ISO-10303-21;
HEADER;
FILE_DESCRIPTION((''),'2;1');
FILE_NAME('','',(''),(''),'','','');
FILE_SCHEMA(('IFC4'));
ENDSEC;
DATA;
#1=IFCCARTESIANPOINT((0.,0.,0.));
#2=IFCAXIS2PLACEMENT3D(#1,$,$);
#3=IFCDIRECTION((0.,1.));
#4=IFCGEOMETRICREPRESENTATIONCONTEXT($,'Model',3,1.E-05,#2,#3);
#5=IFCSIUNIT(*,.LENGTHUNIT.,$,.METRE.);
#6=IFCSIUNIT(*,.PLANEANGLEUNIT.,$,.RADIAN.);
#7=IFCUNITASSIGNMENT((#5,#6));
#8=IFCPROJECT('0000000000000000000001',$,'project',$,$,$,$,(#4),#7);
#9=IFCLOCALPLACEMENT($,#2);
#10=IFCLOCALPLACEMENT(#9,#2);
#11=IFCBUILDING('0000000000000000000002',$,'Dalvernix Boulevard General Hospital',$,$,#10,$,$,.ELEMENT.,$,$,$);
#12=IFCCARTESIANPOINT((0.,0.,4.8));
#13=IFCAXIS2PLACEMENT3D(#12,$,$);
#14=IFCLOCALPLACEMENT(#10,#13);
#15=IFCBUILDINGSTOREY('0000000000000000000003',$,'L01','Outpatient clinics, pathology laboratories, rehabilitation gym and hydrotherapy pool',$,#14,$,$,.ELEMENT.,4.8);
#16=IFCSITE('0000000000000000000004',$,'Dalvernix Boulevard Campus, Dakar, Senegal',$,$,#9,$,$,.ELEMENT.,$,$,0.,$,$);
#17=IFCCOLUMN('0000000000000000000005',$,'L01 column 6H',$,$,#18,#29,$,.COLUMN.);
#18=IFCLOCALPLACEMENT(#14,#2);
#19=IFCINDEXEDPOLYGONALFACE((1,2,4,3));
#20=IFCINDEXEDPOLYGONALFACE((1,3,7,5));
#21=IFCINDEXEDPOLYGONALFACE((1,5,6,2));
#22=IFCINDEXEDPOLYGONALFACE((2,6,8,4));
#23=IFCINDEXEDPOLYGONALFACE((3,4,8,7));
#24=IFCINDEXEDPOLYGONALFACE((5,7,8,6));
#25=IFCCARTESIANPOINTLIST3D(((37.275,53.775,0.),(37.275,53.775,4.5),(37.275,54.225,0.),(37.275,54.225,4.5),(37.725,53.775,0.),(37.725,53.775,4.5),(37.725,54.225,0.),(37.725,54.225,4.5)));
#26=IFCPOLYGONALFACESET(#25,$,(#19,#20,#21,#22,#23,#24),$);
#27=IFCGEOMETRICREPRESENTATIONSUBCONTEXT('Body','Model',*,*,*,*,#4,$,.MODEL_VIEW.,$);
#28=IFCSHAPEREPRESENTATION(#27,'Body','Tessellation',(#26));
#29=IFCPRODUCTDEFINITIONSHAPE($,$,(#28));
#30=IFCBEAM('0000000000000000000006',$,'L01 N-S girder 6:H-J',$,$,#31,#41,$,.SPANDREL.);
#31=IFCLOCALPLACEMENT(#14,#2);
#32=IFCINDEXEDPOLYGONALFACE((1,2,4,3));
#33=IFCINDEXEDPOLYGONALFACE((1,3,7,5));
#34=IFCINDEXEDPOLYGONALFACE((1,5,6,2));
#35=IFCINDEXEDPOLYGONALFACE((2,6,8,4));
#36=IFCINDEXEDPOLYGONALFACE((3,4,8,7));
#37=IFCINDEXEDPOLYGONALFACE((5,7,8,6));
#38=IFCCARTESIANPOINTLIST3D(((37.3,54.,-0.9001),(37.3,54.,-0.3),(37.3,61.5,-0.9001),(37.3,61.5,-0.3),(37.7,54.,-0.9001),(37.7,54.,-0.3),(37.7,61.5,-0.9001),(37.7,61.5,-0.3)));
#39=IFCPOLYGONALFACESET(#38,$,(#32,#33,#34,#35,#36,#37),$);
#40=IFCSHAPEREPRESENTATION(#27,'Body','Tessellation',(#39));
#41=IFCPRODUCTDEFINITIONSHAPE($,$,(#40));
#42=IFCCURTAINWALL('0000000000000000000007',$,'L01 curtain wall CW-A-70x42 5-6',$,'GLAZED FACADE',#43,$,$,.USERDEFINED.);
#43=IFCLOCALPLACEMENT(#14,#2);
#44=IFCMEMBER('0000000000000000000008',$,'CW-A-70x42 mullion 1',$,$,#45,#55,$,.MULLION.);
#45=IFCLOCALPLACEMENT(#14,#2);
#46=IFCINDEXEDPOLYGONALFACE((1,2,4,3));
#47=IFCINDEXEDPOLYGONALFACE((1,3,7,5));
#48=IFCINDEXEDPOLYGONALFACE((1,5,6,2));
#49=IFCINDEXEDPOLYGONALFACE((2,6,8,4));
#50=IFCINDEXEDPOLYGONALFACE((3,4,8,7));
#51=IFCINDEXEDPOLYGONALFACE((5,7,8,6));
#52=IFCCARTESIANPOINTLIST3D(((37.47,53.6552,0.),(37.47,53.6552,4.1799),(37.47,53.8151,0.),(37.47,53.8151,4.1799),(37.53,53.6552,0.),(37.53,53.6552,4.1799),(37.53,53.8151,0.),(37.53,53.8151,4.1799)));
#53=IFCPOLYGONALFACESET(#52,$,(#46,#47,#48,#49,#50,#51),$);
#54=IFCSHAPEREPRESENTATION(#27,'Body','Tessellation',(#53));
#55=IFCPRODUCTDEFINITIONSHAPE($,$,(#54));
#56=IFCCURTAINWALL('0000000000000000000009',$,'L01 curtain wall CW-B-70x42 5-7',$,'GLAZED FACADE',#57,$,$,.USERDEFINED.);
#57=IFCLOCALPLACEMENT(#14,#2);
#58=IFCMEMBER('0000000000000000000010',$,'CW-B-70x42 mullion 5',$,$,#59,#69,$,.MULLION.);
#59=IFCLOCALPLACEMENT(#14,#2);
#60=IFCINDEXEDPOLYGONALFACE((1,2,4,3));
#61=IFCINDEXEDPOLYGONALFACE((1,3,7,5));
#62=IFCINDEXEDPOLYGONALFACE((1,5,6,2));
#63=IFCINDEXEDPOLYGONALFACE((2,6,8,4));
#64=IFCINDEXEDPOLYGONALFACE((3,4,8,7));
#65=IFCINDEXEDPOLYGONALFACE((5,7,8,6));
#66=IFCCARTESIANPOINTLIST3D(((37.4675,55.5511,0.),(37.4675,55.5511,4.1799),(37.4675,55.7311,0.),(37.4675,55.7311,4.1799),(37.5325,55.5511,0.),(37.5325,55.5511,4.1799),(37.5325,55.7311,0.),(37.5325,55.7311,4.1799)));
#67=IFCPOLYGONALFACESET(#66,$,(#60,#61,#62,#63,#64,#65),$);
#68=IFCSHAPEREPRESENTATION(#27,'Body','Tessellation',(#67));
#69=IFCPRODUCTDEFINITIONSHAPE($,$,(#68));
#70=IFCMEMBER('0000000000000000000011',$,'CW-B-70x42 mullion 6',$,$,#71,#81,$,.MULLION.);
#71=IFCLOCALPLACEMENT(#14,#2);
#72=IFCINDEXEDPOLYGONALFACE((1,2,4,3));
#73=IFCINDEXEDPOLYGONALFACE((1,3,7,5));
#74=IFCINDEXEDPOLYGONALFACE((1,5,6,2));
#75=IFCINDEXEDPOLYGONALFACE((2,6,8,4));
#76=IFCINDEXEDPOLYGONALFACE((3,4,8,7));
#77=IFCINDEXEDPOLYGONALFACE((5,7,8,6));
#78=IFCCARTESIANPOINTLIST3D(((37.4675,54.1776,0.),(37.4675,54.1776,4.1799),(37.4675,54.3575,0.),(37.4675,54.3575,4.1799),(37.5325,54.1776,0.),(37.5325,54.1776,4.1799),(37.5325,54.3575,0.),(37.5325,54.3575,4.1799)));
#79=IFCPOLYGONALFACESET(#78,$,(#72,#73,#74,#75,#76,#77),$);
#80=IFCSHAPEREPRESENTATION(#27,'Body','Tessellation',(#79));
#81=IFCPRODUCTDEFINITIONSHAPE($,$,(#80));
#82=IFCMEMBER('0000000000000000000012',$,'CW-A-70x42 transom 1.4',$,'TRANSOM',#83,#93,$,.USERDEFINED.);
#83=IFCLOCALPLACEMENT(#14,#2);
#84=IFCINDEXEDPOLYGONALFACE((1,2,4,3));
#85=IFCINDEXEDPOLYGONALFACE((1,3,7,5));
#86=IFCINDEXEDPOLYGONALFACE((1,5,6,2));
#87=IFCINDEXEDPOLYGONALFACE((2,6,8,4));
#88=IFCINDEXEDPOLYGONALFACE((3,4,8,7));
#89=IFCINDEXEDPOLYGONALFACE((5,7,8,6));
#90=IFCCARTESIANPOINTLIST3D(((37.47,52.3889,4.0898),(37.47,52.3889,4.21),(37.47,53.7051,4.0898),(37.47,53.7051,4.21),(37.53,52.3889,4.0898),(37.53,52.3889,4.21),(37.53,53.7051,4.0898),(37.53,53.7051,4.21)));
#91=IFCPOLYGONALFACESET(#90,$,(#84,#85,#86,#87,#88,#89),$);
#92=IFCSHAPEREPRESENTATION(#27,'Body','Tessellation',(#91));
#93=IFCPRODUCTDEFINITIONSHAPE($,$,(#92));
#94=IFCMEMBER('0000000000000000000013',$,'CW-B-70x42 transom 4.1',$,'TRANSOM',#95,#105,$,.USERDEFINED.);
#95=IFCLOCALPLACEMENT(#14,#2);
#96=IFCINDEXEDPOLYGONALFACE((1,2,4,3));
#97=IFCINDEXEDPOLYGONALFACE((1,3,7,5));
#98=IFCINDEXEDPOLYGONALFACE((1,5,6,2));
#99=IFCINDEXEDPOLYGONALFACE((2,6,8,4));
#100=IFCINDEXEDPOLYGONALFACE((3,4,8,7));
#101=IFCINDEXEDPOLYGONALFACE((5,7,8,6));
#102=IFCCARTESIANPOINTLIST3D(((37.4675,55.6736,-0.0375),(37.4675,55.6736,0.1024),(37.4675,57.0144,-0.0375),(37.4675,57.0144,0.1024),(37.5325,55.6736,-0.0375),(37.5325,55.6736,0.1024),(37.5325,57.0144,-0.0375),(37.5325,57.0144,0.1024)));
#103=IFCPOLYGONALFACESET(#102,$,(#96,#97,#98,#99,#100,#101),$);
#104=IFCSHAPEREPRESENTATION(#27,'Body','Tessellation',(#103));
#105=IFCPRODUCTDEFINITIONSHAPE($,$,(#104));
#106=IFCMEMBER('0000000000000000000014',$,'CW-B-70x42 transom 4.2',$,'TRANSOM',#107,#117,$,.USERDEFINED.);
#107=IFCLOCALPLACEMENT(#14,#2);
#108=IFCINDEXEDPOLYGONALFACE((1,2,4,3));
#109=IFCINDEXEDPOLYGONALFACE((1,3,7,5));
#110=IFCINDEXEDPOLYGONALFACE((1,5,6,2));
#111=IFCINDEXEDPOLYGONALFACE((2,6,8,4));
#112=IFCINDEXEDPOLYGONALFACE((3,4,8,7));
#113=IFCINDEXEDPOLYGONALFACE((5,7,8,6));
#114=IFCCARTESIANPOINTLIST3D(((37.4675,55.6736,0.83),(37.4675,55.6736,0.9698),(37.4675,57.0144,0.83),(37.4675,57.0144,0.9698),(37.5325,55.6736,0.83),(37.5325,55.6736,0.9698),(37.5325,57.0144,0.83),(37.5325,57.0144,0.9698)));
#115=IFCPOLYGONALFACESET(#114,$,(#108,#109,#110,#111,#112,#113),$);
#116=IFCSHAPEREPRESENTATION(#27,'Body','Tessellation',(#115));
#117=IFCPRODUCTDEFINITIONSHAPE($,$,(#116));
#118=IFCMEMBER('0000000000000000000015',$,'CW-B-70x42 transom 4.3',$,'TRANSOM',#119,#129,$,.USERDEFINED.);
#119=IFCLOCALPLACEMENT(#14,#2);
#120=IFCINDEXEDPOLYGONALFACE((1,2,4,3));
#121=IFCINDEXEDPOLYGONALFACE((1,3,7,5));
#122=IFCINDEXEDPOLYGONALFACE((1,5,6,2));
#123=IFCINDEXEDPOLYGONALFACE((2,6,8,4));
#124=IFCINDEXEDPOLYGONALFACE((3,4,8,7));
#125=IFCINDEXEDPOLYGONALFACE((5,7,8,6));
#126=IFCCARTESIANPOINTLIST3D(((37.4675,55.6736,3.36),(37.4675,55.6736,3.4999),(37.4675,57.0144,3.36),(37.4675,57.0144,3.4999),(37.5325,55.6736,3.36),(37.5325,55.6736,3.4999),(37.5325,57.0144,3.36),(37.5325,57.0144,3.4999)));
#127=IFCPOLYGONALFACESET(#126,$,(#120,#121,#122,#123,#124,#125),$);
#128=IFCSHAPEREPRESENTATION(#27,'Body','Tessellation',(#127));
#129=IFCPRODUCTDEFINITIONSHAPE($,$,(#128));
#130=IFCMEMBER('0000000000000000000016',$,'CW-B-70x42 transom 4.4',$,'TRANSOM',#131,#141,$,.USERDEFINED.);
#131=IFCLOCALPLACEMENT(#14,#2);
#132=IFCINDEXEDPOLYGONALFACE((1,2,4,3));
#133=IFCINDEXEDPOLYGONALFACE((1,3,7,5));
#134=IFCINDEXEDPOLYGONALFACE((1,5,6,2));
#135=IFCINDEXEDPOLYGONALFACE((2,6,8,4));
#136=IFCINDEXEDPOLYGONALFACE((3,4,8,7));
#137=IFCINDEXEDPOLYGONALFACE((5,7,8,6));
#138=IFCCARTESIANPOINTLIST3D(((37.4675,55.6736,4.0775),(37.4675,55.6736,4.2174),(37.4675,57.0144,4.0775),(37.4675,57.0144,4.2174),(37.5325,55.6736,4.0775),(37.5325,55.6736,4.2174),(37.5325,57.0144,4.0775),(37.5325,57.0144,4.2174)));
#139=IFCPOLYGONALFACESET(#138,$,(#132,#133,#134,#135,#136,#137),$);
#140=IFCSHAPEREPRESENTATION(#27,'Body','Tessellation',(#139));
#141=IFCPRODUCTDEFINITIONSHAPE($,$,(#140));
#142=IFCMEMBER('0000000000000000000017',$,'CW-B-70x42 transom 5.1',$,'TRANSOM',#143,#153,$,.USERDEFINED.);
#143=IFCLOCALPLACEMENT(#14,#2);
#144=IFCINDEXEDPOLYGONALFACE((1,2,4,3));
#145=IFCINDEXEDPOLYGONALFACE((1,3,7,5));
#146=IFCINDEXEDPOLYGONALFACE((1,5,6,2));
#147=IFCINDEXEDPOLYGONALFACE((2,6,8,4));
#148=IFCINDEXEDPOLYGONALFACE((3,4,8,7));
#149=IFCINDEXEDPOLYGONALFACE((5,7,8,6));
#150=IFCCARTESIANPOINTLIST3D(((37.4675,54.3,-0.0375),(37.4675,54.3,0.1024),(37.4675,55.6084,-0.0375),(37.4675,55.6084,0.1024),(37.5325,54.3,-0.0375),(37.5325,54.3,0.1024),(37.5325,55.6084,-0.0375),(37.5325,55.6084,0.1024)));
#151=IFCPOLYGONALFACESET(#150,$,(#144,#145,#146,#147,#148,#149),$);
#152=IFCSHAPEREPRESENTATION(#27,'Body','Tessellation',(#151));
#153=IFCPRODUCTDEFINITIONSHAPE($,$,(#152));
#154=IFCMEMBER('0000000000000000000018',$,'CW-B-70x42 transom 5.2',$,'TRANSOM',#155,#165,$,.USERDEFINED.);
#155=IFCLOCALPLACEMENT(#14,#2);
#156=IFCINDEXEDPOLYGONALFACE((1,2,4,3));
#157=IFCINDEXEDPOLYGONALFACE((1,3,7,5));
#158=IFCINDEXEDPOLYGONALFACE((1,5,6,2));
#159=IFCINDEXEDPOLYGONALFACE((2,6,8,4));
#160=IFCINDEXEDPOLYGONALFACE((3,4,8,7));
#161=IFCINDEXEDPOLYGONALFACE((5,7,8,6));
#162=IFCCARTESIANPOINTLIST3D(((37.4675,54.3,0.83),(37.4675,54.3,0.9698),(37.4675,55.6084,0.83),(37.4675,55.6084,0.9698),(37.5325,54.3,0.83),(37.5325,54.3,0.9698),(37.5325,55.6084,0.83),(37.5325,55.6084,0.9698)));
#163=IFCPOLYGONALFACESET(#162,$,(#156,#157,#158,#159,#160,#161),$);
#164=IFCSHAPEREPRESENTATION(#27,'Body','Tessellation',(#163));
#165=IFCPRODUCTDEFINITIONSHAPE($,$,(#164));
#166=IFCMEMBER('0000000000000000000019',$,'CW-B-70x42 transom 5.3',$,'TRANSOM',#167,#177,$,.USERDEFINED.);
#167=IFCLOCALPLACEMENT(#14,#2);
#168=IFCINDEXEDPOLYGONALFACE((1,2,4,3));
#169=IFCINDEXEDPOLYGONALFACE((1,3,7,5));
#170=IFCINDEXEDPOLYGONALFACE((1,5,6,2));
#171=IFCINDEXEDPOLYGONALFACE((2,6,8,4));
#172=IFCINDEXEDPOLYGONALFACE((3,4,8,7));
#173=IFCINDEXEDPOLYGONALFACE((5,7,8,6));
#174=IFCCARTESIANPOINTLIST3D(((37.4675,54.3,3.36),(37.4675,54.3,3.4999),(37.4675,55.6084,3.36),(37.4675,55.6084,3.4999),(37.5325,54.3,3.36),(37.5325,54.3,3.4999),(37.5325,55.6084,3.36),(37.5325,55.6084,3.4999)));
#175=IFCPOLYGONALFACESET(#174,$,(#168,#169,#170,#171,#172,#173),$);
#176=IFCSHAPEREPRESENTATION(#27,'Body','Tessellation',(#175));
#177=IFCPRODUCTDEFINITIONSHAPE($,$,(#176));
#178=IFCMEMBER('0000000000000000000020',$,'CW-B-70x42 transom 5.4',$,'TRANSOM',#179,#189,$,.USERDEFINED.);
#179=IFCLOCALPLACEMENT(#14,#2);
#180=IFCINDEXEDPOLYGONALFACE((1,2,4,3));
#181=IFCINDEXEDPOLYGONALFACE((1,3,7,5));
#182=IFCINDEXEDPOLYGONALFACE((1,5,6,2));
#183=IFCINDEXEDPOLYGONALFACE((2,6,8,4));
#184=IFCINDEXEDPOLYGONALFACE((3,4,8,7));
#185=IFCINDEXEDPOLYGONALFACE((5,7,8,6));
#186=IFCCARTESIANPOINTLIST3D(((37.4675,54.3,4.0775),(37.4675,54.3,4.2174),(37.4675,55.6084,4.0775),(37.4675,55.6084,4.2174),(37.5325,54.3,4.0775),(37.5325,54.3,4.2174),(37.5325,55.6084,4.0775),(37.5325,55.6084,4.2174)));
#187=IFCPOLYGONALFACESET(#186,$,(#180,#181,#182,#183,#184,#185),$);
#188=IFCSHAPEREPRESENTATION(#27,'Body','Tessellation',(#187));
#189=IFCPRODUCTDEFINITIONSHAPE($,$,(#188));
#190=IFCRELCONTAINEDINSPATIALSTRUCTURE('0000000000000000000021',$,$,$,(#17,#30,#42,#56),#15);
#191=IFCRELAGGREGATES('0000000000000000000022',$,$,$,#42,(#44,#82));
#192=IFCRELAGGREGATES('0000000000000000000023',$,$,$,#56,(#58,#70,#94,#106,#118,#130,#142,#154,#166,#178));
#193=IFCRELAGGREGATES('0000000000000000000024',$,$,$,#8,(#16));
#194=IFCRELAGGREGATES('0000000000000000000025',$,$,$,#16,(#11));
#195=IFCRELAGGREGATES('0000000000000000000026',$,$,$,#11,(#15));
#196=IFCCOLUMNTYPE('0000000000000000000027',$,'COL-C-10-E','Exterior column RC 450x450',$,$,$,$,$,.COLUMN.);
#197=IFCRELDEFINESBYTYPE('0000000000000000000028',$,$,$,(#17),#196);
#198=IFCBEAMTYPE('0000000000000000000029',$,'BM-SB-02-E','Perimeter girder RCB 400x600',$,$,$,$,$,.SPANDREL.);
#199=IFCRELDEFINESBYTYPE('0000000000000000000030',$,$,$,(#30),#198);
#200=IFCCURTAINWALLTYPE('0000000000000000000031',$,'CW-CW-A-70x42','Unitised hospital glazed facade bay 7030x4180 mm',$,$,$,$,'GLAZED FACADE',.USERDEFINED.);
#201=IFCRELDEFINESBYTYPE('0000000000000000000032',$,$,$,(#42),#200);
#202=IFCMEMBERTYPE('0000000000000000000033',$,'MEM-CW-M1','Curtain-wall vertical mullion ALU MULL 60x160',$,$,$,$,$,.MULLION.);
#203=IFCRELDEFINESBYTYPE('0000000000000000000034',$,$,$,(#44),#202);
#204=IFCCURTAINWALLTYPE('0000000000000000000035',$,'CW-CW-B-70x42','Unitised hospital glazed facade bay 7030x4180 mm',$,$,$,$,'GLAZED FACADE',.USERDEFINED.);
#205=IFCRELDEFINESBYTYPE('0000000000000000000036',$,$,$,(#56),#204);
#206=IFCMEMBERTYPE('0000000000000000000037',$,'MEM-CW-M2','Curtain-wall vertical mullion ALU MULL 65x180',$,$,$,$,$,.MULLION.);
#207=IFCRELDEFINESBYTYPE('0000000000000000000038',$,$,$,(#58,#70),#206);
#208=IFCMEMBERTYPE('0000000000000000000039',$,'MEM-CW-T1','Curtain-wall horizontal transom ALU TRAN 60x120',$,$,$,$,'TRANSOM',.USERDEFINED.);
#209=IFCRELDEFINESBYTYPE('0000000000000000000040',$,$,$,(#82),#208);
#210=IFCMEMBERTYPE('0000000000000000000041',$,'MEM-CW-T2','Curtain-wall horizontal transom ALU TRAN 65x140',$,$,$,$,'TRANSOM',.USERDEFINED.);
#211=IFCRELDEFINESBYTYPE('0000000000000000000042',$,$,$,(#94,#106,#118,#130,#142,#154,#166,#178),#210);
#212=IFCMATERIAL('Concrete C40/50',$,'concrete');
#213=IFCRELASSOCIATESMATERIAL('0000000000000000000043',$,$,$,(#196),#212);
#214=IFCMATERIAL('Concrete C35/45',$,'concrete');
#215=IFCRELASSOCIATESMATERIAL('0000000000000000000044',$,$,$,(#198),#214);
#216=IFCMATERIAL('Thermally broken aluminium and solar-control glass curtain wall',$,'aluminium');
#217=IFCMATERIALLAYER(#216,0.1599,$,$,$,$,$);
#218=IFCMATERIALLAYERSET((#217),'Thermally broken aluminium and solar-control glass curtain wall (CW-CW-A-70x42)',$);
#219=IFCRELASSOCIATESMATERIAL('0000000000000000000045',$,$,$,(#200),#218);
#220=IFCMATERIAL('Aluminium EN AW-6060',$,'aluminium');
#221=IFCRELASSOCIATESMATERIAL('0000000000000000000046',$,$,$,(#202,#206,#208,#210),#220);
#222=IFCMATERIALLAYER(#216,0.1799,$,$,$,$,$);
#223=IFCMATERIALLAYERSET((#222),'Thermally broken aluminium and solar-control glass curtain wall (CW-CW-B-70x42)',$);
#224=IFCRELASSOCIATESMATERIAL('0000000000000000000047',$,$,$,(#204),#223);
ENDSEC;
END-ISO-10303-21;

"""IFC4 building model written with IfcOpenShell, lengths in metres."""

from ifc_helpers import new_model, si_unit, direction, frame, origin, origin_2d, place, context, subcontext, project, spatial, rectangle, extrude, material, layer, layer_set, material_profile, profile_set, type_object, element, aggregate, save


model = new_model("IFC4")

# Units and contexts
model_context = context("Model", 3, precision=1e-05, world=origin(), true_north=direction((0.0, 1.0)))
body_context = subcontext(model_context, "Body", "Model", "MODEL_VIEW")
ifc_project = project(units=[si_unit("LENGTHUNIT", "METRE"), si_unit("PLANEANGLEUNIT", "RADIAN")], contexts=[model_context])

# Site, building, storey
site_placement = place(None, origin())
site = spatial("IfcSite", under=ifc_project, at=site_placement, Name="Dalvernix Boulevard Campus, Dakar, Senegal", CompositionType="ELEMENT", RefElevation=0.0)
building_placement = place(site_placement, origin())
building = spatial("IfcBuilding", under=site, at=building_placement, Name="Dalvernix Boulevard General Hospital", CompositionType="ELEMENT")
storey_placement = place(building_placement, frame((0.0, 0.0, 4.8)))
storey = spatial("IfcBuildingStorey", under=building, at=storey_placement, Name="L01", Description="Outpatient clinics, pathology laboratories, rehabilitation gym and hydrotherapy pool", CompositionType="ELEMENT", Elevation=4.8)

# Column
ifc_material_1 = material(Name="Concrete C40/50", Category="concrete")
ifc_material_profile_1 = material_profile(ifc_material_1, rectangle(XDim=0.45, YDim=0.45, at=origin_2d()), Name="RC 450x450")
ifc_profile_set_1 = profile_set([ifc_material_profile_1], Name="Concrete C40/50")
column_type = type_object("IfcColumnType", Name="COL-C-10-E", Description="Exterior column RC 450x450", PredefinedType="COLUMN", material=ifc_profile_set_1)
column_placement = place(storey_placement, frame((37.5, 54.0, 0.0), z_axis=(0.0, 0.0, 1.0), x_axis=(1.0, 0.0, 0.0)))
element("IfcColumn", 1, at=column_placement, inside=storey, type_object=column_type, Name="L01 column 6H", PredefinedType="COLUMN", context=body_context, shape_type="SweptSolid", body=[
    extrude(rectangle(XDim=0.45, YDim=0.45, at=origin_2d()), origin(), (0.0, 0.0, 1.0), 4.5),
])

# Beam
ifc_material_2 = material(Name="Concrete C35/45", Category="concrete")
ifc_material_profile_2 = material_profile(ifc_material_2, rectangle(XDim=0.3999, YDim=0.6001, at=origin_2d()), Name="RCB 400x600")
ifc_profile_set_2 = profile_set([ifc_material_profile_2], Name="Concrete C35/45")
beam_type = type_object("IfcBeamType", Name="BM-SB-02-E", Description="Perimeter girder RCB 400x600", PredefinedType="SPANDREL", material=ifc_profile_set_2)
beam_placement = place(storey_placement, frame((37.5, 54.0, -0.6001), z_axis=(0.0, 1.0, 0.0), x_axis=(-1.0, 0.0, 0.0)))
element("IfcBeam", 2, at=beam_placement, inside=storey, type_object=beam_type, Name="L01 N-S girder 6:H-J", PredefinedType="SPANDREL", context=body_context, shape_type="SweptSolid", body=[
    extrude(rectangle(XDim=0.3999, YDim=0.6001, at=origin_2d()), origin(), (0.0, 0.0, 1.0), 7.5),
])

# Curtain wall, member
ifc_material_3 = material(Name="Thermally broken aluminium and solar-control glass curtain wall", Category="aluminium")
ifc_layer_1 = layer(ifc_material_3, 0.1599)
ifc_layer_set_1 = layer_set([ifc_layer_1], Name="Thermally broken aluminium and solar-control glass curtain wall (CW-CW-A-70x42)")
curtain_wall_type_1 = type_object("IfcCurtainWallType", Name="CW-CW-A-70x42", Description="Unitised hospital glazed facade bay 7030x4180 mm", ElementType="GLAZED FACADE", PredefinedType="USERDEFINED", material=ifc_layer_set_1)
curtain_wall_1_placement = place(storey_placement, origin())
curtain_wall_1 = element("IfcCurtainWall", 3, at=curtain_wall_1_placement, inside=storey, type_object=curtain_wall_type_1, Name="L01 curtain wall CW-A-70x42 5-6", ObjectType="GLAZED FACADE", PredefinedType="USERDEFINED")
ifc_material_4 = material(Name="Aluminium EN AW-6060", Category="aluminium")
ifc_material_profile_3 = material_profile(ifc_material_4, rectangle(XDim=0.0601, YDim=0.1599, at=origin_2d()), Name="ALU MULL 60x160")
ifc_profile_set_3 = profile_set([ifc_material_profile_3], Name="Aluminium EN AW-6060")
member_type_1 = type_object("IfcMemberType", Name="MEM-CW-M1", Description="Curtain-wall vertical mullion ALU MULL 60x160", PredefinedType="MULLION", material=ifc_profile_set_3)
member_1_placement = place(storey_placement, frame((37.5, 53.7351, 0.0), z_axis=(0.0, 0.0, 1.0), x_axis=(1.0, 0.0, 0.0)))
member_1 = element("IfcMember", 4, at=member_1_placement, type_object=member_type_1, Name="CW-A-70x42 mullion 1", PredefinedType="MULLION", context=body_context, shape_type="SweptSolid", body=[
    extrude(rectangle(XDim=0.0601, YDim=0.1599, at=origin_2d()), origin(), (0.0, 0.0, 1.0), 4.1799),
])

# Curtain wall, members
ifc_layer_2 = layer(ifc_material_3, 0.1799)
ifc_layer_set_2 = layer_set([ifc_layer_2], Name="Thermally broken aluminium and solar-control glass curtain wall (CW-CW-B-70x42)")
curtain_wall_type_2 = type_object("IfcCurtainWallType", Name="CW-CW-B-70x42", Description="Unitised hospital glazed facade bay 7030x4180 mm", ElementType="GLAZED FACADE", PredefinedType="USERDEFINED", material=ifc_layer_set_2)
curtain_wall_2_placement = place(storey_placement, origin())
curtain_wall_2 = element("IfcCurtainWall", 5, at=curtain_wall_2_placement, inside=storey, type_object=curtain_wall_type_2, Name="L01 curtain wall CW-B-70x42 5-7", ObjectType="GLAZED FACADE", PredefinedType="USERDEFINED")
ifc_material_profile_4 = material_profile(ifc_material_4, rectangle(XDim=0.0649, YDim=0.1799, at=origin_2d()), Name="ALU MULL 65x180")
ifc_profile_set_4 = profile_set([ifc_material_profile_4], Name="Aluminium EN AW-6060")
member_type_2 = type_object("IfcMemberType", Name="MEM-CW-M2", Description="Curtain-wall vertical mullion ALU MULL 65x180", PredefinedType="MULLION", material=ifc_profile_set_4)
member_2_placement = place(storey_placement, frame((37.5, 55.6411, 0.0), z_axis=(0.0, 0.0, 1.0), x_axis=(1.0, 0.0, 0.0)))
member_2 = element("IfcMember", 6, at=member_2_placement, type_object=member_type_2, Name="CW-B-70x42 mullion 5", PredefinedType="MULLION", context=body_context, shape_type="SweptSolid", body=[
    extrude(rectangle(XDim=0.0649, YDim=0.1799, at=origin_2d()), origin(), (0.0, 0.0, 1.0), 4.1799),
])
member_3_placement = place(storey_placement, frame((37.5, 54.2676, 0.0), z_axis=(0.0, 0.0, 1.0), x_axis=(1.0, 0.0, 0.0)))
member_3 = element("IfcMember", 7, at=member_3_placement, type_object=member_type_2, Name="CW-B-70x42 mullion 6", PredefinedType="MULLION", context=body_context, shape_type="SweptSolid", body=[
    extrude(rectangle(XDim=0.0649, YDim=0.1799, at=origin_2d()), origin(), (0.0, 0.0, 1.0), 4.1799),
])

# Members
ifc_material_profile_5 = material_profile(ifc_material_4, rectangle(XDim=0.0601, YDim=0.1201, at=origin_2d()), Name="ALU TRAN 60x120")
ifc_profile_set_5 = profile_set([ifc_material_profile_5], Name="Aluminium EN AW-6060")
member_type_3 = type_object("IfcMemberType", Name="MEM-CW-T1", Description="Curtain-wall horizontal transom ALU TRAN 60x120", ElementType="TRANSOM", PredefinedType="USERDEFINED", material=ifc_profile_set_5)
member_4_placement = place(storey_placement, frame((37.5, 53.7051, 4.1499), z_axis=(0.0, -1.0, 0.0), x_axis=(1.0, 0.0, 0.0)))
member_4 = element("IfcMember", 8, at=member_4_placement, type_object=member_type_3, Name="CW-A-70x42 transom 1.4", ObjectType="TRANSOM", PredefinedType="USERDEFINED", context=body_context, shape_type="SweptSolid", body=[
    extrude(rectangle(XDim=0.0601, YDim=0.1201, at=origin_2d()), origin(), (0.0, 0.0, 1.0), 1.3162),
])
aggregate(curtain_wall_1, [member_1, member_4])
ifc_material_profile_6 = material_profile(ifc_material_4, rectangle(XDim=0.0649, YDim=0.1399, at=origin_2d()), Name="ALU TRAN 65x140")
ifc_profile_set_6 = profile_set([ifc_material_profile_6], Name="Aluminium EN AW-6060")
member_type_4 = type_object("IfcMemberType", Name="MEM-CW-T2", Description="Curtain-wall horizontal transom ALU TRAN 65x140", ElementType="TRANSOM", PredefinedType="USERDEFINED", material=ifc_profile_set_6)
member_5_placement = place(storey_placement, frame((37.5, 57.0144, 0.0325), z_axis=(0.0, -1.0, 0.0), x_axis=(1.0, 0.0, 0.0)))
member_5 = element("IfcMember", 9, at=member_5_placement, type_object=member_type_4, Name="CW-B-70x42 transom 4.1", ObjectType="TRANSOM", PredefinedType="USERDEFINED", context=body_context, shape_type="SweptSolid", body=[
    extrude(rectangle(XDim=0.0649, YDim=0.1399, at=origin_2d()), origin(), (0.0, 0.0, 1.0), 1.3408),
])
member_6_placement = place(storey_placement, frame((37.5, 57.0144, 0.8999), z_axis=(0.0, -1.0, 0.0), x_axis=(1.0, 0.0, 0.0)))
member_6 = element("IfcMember", 10, at=member_6_placement, type_object=member_type_4, Name="CW-B-70x42 transom 4.2", ObjectType="TRANSOM", PredefinedType="USERDEFINED", context=body_context, shape_type="SweptSolid", body=[
    extrude(rectangle(XDim=0.0649, YDim=0.1399, at=origin_2d()), origin(), (0.0, 0.0, 1.0), 1.3408),
])
member_7_placement = place(storey_placement, frame((37.5, 57.0144, 3.4299), z_axis=(0.0, -1.0, 0.0), x_axis=(1.0, 0.0, 0.0)))
member_7 = element("IfcMember", 11, at=member_7_placement, type_object=member_type_4, Name="CW-B-70x42 transom 4.3", ObjectType="TRANSOM", PredefinedType="USERDEFINED", context=body_context, shape_type="SweptSolid", body=[
    extrude(rectangle(XDim=0.0649, YDim=0.1399, at=origin_2d()), origin(), (0.0, 0.0, 1.0), 1.3408),
])
member_8_placement = place(storey_placement, frame((37.5, 57.0144, 4.1475), z_axis=(0.0, -1.0, 0.0), x_axis=(1.0, 0.0, 0.0)))
member_8 = element("IfcMember", 12, at=member_8_placement, type_object=member_type_4, Name="CW-B-70x42 transom 4.4", ObjectType="TRANSOM", PredefinedType="USERDEFINED", context=body_context, shape_type="SweptSolid", body=[
    extrude(rectangle(XDim=0.0649, YDim=0.1399, at=origin_2d()), origin(), (0.0, 0.0, 1.0), 1.3408),
])
member_9_placement = place(storey_placement, frame((37.5, 55.6084, 0.0325), z_axis=(0.0, -1.0, 0.0), x_axis=(1.0, 0.0, 0.0)))
member_9 = element("IfcMember", 13, at=member_9_placement, type_object=member_type_4, Name="CW-B-70x42 transom 5.1", ObjectType="TRANSOM", PredefinedType="USERDEFINED", context=body_context, shape_type="SweptSolid", body=[
    extrude(rectangle(XDim=0.0649, YDim=0.1399, at=origin_2d()), origin(), (0.0, 0.0, 1.0), 1.3083),
])
member_10_placement = place(storey_placement, frame((37.5, 55.6084, 0.8999), z_axis=(0.0, -1.0, 0.0), x_axis=(1.0, 0.0, 0.0)))
member_10 = element("IfcMember", 14, at=member_10_placement, type_object=member_type_4, Name="CW-B-70x42 transom 5.2", ObjectType="TRANSOM", PredefinedType="USERDEFINED", context=body_context, shape_type="SweptSolid", body=[
    extrude(rectangle(XDim=0.0649, YDim=0.1399, at=origin_2d()), origin(), (0.0, 0.0, 1.0), 1.3083),
])
member_11_placement = place(storey_placement, frame((37.5, 55.6084, 3.4299), z_axis=(0.0, -1.0, 0.0), x_axis=(1.0, 0.0, 0.0)))
member_11 = element("IfcMember", 15, at=member_11_placement, type_object=member_type_4, Name="CW-B-70x42 transom 5.3", ObjectType="TRANSOM", PredefinedType="USERDEFINED", context=body_context, shape_type="SweptSolid", body=[
    extrude(rectangle(XDim=0.0649, YDim=0.1399, at=origin_2d()), origin(), (0.0, 0.0, 1.0), 1.3083),
])
member_12_placement = place(storey_placement, frame((37.5, 55.6084, 4.1475), z_axis=(0.0, -1.0, 0.0), x_axis=(1.0, 0.0, 0.0)))
member_12 = element("IfcMember", 16, at=member_12_placement, type_object=member_type_4, Name="CW-B-70x42 transom 5.4", ObjectType="TRANSOM", PredefinedType="USERDEFINED", context=body_context, shape_type="SweptSolid", body=[
    extrude(rectangle(XDim=0.0649, YDim=0.1399, at=origin_2d()), origin(), (0.0, 0.0, 1.0), 1.3083),
])

aggregate(curtain_wall_2, [member_2, member_3, member_5, member_6, member_7, member_8, member_9, member_10, member_11, member_12])

save(model, "model.ifc")
